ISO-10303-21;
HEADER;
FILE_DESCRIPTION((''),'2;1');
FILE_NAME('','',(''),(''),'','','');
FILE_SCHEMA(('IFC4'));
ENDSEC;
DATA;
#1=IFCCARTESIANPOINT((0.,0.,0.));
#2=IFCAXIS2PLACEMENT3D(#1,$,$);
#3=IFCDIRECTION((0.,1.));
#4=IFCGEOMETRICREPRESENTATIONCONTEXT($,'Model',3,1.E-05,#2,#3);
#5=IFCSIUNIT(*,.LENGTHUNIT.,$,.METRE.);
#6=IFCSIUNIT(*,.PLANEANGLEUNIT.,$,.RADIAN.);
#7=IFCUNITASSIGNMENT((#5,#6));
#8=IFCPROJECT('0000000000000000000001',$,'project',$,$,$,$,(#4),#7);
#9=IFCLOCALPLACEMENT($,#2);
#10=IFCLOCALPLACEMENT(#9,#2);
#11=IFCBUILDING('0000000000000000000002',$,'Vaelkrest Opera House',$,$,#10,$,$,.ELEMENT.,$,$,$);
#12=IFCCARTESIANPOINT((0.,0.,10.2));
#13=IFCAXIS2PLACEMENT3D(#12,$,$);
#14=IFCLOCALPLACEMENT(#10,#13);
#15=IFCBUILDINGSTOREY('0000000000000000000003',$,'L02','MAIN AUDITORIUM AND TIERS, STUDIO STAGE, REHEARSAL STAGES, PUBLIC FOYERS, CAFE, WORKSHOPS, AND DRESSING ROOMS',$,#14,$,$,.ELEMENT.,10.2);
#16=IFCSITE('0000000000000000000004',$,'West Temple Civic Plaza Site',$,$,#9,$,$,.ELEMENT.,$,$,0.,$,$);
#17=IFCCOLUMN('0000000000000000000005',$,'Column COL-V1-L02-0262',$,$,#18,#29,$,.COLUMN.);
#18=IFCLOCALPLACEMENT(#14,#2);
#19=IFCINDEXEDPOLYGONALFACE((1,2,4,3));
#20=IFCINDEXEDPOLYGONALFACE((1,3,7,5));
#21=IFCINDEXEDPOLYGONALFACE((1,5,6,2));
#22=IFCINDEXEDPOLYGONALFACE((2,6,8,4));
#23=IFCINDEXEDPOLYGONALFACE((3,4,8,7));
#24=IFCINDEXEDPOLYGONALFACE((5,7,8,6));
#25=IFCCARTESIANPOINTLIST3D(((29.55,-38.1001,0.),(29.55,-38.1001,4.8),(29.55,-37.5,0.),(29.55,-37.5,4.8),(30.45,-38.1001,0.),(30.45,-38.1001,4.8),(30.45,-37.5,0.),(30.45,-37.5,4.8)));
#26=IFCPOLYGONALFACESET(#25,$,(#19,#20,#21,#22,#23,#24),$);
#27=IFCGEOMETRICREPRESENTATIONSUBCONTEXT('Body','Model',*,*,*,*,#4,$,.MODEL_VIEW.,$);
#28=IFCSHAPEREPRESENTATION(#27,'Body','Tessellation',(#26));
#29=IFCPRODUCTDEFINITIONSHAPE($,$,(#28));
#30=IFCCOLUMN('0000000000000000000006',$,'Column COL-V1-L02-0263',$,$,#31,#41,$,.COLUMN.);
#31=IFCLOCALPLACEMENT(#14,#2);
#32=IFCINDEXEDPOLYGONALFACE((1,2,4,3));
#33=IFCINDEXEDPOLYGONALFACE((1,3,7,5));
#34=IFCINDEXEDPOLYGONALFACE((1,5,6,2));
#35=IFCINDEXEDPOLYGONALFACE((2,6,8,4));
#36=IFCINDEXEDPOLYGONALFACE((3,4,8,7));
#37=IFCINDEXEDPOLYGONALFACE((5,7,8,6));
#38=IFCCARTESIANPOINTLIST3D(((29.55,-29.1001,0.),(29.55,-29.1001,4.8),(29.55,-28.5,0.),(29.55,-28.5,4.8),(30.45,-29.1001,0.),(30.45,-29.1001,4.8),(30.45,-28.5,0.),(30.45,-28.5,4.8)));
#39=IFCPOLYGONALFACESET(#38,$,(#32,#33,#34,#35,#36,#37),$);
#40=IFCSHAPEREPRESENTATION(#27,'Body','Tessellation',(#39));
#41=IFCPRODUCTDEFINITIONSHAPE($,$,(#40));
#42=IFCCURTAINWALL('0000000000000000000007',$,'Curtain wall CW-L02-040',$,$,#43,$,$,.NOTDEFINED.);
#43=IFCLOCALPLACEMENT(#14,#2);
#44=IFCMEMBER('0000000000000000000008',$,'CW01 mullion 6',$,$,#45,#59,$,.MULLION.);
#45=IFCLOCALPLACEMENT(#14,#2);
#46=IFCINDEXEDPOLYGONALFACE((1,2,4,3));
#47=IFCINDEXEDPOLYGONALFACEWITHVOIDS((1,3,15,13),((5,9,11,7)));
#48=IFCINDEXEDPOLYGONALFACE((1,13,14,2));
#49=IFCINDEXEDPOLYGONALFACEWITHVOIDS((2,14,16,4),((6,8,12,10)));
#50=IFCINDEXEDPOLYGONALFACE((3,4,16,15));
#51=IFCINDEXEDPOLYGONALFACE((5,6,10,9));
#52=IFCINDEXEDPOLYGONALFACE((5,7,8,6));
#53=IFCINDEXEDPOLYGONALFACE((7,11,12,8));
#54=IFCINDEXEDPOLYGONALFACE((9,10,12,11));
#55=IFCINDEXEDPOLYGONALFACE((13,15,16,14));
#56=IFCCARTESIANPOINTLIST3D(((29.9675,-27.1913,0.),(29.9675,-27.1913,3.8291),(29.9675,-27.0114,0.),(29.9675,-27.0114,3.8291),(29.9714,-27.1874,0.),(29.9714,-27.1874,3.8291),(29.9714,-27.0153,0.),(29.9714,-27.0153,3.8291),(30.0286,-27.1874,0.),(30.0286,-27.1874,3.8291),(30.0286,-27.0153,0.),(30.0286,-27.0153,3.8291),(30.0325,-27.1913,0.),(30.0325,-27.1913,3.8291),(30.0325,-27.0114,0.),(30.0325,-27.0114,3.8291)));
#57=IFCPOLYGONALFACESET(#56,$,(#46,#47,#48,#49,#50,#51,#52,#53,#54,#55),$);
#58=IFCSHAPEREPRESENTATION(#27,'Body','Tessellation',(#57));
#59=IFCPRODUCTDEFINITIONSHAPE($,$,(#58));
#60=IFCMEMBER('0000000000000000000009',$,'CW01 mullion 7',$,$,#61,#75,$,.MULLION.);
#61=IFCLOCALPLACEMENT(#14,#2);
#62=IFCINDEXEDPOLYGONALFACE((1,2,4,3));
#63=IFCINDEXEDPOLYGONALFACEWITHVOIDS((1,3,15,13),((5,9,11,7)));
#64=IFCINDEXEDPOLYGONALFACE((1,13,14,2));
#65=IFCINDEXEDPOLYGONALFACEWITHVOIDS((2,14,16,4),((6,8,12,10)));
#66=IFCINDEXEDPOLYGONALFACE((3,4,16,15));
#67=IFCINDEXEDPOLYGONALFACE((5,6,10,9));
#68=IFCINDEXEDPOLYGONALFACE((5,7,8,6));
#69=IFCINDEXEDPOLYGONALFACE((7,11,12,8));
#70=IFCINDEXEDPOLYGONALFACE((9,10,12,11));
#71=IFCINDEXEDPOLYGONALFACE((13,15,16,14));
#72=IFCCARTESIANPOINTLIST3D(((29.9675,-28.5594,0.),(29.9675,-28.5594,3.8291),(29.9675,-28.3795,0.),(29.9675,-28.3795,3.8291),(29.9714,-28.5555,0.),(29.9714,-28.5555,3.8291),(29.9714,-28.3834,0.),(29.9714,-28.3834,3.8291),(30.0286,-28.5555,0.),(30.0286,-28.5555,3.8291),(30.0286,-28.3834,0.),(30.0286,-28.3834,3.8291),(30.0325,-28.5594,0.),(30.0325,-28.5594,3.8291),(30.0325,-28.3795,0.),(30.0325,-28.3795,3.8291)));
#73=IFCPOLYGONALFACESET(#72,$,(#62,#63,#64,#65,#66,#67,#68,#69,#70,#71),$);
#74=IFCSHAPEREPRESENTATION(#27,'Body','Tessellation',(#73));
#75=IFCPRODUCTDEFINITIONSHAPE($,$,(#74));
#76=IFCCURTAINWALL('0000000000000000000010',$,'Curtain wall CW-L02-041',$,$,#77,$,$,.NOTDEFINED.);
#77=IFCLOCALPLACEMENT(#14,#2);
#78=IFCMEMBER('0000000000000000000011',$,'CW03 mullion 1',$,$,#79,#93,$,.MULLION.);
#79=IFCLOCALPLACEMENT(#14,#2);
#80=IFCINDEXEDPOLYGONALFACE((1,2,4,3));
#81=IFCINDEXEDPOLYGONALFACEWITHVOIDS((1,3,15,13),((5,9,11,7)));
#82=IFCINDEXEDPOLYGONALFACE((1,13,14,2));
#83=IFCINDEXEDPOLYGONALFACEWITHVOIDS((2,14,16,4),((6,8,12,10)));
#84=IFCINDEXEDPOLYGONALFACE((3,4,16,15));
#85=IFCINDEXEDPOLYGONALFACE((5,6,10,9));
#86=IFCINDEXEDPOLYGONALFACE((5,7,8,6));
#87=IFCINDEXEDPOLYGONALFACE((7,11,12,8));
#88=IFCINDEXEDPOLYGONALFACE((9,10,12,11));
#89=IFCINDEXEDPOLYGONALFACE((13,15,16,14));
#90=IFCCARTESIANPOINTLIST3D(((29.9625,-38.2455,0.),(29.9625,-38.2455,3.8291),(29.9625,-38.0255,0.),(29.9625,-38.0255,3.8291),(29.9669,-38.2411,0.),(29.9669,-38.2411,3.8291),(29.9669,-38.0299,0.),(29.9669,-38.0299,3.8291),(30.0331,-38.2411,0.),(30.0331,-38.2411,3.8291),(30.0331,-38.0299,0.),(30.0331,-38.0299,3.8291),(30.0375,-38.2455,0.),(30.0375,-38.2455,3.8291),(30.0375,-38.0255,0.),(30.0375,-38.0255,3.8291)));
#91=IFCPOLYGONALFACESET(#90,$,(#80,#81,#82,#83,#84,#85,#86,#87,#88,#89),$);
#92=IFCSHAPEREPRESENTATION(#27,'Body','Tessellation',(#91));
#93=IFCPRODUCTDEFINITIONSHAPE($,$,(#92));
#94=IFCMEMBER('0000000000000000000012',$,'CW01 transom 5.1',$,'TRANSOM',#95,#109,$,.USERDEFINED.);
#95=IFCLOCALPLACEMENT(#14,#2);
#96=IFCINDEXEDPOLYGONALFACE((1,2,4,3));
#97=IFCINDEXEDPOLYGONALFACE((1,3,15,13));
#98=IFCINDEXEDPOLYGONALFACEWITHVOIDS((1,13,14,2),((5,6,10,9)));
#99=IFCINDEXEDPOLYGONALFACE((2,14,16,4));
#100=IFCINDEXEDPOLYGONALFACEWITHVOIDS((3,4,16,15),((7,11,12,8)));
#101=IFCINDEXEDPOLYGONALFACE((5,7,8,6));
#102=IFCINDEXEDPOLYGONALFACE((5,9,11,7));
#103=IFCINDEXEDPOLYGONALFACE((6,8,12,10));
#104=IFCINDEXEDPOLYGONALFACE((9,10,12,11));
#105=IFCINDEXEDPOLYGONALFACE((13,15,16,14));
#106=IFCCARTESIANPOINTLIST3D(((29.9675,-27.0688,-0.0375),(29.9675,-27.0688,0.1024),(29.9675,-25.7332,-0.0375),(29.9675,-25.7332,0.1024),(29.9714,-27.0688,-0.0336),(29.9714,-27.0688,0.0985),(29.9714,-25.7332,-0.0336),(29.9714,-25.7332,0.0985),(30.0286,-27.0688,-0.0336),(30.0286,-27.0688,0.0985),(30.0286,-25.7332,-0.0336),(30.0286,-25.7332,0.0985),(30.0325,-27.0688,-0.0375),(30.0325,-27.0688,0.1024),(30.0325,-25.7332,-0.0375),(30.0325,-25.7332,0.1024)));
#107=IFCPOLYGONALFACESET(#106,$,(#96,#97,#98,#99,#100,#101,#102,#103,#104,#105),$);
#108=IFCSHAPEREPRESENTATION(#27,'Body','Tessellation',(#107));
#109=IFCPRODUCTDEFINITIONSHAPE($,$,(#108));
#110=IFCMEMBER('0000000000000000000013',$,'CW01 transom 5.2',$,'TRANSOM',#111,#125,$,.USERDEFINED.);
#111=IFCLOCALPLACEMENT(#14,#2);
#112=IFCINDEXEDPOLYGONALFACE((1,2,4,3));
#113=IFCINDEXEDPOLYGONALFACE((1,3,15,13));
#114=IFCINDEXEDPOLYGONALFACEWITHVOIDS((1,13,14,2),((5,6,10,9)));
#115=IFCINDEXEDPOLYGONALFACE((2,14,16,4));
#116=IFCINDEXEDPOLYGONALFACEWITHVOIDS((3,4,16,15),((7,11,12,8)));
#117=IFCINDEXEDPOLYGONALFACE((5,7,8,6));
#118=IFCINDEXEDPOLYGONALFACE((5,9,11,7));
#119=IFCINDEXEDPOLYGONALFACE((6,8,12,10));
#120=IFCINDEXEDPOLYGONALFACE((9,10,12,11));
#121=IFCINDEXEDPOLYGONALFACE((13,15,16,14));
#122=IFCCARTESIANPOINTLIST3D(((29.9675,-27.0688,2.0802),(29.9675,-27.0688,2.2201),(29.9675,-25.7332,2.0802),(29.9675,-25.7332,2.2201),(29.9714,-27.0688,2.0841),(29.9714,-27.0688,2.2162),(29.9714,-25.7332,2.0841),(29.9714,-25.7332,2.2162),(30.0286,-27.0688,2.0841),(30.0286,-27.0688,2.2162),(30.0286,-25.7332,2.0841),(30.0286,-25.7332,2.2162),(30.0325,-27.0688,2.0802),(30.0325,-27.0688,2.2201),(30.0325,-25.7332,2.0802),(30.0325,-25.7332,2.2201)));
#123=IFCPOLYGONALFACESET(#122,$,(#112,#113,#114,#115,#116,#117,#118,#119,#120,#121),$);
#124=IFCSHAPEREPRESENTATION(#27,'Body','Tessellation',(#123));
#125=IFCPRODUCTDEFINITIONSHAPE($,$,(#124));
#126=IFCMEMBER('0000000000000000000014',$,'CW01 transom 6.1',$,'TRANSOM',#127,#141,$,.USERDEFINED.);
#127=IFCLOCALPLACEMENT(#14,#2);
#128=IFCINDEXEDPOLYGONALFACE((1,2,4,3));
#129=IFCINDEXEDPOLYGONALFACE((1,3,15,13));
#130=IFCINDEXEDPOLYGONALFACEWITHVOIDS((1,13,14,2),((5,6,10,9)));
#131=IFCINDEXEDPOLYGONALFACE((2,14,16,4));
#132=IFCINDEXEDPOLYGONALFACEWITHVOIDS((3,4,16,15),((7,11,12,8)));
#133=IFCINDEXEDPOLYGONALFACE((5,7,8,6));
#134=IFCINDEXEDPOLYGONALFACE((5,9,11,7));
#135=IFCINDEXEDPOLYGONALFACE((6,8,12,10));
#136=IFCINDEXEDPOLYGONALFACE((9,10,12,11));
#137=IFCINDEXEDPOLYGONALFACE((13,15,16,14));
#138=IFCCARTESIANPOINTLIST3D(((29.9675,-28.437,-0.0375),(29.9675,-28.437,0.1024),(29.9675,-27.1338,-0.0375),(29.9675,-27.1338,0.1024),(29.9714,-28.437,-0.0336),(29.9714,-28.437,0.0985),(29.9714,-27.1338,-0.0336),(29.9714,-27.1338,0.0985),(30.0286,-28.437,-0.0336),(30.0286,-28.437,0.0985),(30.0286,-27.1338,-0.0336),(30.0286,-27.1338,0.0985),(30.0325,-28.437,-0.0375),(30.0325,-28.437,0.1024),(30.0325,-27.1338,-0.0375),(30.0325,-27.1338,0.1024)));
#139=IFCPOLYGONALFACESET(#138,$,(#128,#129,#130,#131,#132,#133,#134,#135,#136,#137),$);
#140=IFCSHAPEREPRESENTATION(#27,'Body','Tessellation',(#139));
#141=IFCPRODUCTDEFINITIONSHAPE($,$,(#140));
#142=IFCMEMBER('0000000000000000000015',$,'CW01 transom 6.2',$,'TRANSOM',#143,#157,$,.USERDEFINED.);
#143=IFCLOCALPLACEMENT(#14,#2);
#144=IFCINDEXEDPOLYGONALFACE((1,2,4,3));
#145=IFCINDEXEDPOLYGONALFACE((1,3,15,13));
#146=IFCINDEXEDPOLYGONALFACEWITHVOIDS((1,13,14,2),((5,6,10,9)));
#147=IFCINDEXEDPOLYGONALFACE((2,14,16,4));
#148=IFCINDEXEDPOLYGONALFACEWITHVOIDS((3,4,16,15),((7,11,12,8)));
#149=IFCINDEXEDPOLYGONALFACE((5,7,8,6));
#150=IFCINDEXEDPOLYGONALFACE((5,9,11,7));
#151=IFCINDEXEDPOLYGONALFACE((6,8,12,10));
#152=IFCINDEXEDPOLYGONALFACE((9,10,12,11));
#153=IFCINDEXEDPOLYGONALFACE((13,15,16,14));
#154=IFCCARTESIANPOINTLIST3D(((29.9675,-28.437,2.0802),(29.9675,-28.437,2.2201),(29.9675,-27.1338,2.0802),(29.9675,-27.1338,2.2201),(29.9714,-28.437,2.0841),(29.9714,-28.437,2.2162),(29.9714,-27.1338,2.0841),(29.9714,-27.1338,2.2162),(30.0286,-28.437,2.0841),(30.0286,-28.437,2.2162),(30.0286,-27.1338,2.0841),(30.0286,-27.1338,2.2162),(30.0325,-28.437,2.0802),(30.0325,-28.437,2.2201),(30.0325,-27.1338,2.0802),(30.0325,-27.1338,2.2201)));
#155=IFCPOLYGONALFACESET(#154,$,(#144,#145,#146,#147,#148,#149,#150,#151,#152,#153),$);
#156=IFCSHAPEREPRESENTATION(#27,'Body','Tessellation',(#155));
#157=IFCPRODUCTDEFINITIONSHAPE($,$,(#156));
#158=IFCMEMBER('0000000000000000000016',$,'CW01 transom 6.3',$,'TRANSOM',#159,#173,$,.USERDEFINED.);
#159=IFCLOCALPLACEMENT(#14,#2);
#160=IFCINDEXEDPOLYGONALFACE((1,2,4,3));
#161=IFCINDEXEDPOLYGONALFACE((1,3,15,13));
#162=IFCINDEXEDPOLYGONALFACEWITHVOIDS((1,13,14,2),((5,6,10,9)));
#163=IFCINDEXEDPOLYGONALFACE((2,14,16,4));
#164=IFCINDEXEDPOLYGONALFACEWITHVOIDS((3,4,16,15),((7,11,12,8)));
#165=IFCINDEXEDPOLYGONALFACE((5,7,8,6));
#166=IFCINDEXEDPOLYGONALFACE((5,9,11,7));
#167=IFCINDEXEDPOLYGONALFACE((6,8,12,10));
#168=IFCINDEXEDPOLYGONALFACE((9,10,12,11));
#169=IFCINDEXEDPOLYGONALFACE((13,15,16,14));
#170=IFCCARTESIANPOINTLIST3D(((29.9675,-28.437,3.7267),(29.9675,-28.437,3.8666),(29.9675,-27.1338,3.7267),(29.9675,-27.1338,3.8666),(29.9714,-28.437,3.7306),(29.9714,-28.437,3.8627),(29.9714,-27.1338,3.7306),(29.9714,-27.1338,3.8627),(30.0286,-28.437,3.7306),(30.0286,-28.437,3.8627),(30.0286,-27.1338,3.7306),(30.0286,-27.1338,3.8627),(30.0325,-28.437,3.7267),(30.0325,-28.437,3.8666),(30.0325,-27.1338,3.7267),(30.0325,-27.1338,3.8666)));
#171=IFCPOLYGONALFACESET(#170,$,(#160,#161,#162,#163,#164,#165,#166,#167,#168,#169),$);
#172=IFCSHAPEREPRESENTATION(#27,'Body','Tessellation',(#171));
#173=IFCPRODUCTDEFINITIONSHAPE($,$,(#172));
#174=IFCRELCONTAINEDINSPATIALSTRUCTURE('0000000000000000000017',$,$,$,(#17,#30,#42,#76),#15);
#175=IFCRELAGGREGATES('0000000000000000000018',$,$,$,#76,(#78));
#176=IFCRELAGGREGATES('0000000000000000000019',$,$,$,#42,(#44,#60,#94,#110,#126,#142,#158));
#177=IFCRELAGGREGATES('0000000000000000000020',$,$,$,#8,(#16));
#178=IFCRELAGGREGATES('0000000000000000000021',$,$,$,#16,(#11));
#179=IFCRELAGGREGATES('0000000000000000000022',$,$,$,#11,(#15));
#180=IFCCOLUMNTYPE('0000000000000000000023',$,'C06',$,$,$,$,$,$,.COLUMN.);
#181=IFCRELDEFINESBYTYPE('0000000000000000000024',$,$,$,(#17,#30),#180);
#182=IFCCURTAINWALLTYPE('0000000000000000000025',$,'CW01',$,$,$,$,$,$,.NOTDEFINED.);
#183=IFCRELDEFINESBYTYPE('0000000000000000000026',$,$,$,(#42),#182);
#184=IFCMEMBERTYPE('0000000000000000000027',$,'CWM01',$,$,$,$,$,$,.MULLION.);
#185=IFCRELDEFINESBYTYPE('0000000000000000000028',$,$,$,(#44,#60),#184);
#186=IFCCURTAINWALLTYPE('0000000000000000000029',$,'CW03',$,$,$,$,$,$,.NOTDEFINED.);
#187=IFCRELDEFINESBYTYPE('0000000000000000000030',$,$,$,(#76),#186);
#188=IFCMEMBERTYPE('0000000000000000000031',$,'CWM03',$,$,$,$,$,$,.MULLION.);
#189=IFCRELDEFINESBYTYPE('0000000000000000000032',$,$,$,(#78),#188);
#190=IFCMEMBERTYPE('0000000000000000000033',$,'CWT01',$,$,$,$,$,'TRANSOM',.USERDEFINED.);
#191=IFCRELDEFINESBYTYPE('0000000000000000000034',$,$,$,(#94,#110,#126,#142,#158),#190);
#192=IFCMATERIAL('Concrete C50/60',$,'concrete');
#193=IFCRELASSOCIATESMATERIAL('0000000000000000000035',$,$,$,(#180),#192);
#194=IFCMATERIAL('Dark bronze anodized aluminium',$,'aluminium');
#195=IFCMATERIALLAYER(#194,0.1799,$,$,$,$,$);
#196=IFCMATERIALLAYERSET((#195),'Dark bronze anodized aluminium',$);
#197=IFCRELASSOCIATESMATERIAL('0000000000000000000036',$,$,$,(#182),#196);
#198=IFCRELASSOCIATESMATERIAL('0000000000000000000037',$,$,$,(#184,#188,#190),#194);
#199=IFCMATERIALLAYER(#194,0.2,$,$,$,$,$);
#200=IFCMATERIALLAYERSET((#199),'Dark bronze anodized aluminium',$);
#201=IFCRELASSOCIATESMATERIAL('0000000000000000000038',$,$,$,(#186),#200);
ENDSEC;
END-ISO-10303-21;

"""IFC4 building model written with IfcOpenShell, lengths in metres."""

from ifc_helpers import new_model, si_unit, direction, frame, origin, origin_2d, place, context, subcontext, project, spatial, rectangle, hollow_rectangle, extrude, material, layer, layer_set, material_profile, profile_set, type_object, element, aggregate, save


model = new_model("IFC4")

# Units and contexts
model_context = context("Model", 3, precision=1e-05, world=origin(), true_north=direction((0.0, 1.0)))
body_context = subcontext(model_context, "Body", "Model", "MODEL_VIEW")
ifc_project = project(units=[si_unit("LENGTHUNIT", "METRE"), si_unit("PLANEANGLEUNIT", "RADIAN")], contexts=[model_context])

# Site, building, storey
site_placement = place(None, origin())
site = spatial("IfcSite", under=ifc_project, at=site_placement, Name="West Temple Civic Plaza Site", CompositionType="ELEMENT", RefElevation=0.0)
building_placement = place(site_placement, origin())
building = spatial("IfcBuilding", under=site, at=building_placement, Name="Vaelkrest Opera House", CompositionType="ELEMENT")
storey_placement = place(building_placement, frame((0.0, 0.0, 10.2)))
storey = spatial("IfcBuildingStorey", under=building, at=storey_placement, Name="L02", Description="MAIN AUDITORIUM AND TIERS, STUDIO STAGE, REHEARSAL STAGES, PUBLIC FOYERS, CAFE, WORKSHOPS, AND DRESSING ROOMS", CompositionType="ELEMENT", Elevation=10.2)

# Columns
ifc_material_1 = material(Name="Concrete C50/60", Category="concrete")
ifc_material_profile_1 = material_profile(ifc_material_1, rectangle(XDim=0.6001, YDim=0.8999, at=origin_2d()), Name="RC600X900")
ifc_profile_set_1 = profile_set([ifc_material_profile_1], Name="Concrete C50/60")
column_type = type_object("IfcColumnType", Name="C06", PredefinedType="COLUMN", material=ifc_profile_set_1)
for number, where, z_axis, x_axis, name in (
    (1, (30.0, -37.8, 0.0), (0.0, 0.0, 1.0), (0.0, 1.0, 0.0), "Column COL-V1-L02-0262"),
    (2, (30.0, -28.8, 0.0), (0.0, 0.0, 1.0), (0.0, 1.0, 0.0), "Column COL-V1-L02-0263"),
):
    element("IfcColumn", number, at=place(storey_placement, frame(where, z_axis=z_axis, x_axis=x_axis)), inside=storey, type_object=column_type, Name=name, PredefinedType="COLUMN", context=body_context, shape_type="SweptSolid", body=[
        extrude(rectangle(XDim=0.6001, YDim=0.8999, at=origin_2d()), origin(), (0.0, 0.0, 1.0), 4.8),
    ])

# Curtain wall, members
ifc_material_2 = material(Name="Dark bronze anodized aluminium", Category="aluminium")
ifc_layer_1 = layer(ifc_material_2, 0.1799)
ifc_layer_set_1 = layer_set([ifc_layer_1], Name="Dark bronze anodized aluminium")
curtain_wall_type_1 = type_object("IfcCurtainWallType", Name="CW01", PredefinedType="NOTDEFINED", material=ifc_layer_set_1)
curtain_wall_1_placement = place(storey_placement, origin())
curtain_wall_1 = element("IfcCurtainWall", 3, at=curtain_wall_1_placement, inside=storey, type_object=curtain_wall_type_1, Name="Curtain wall CW-L02-040", PredefinedType="NOTDEFINED")
ifc_material_profile_2 = material_profile(ifc_material_2, hollow_rectangle(XDim=0.0649, YDim=0.1799, WallThickness=0.0039, at=origin_2d()), Name="CWM65X180")
ifc_profile_set_2 = profile_set([ifc_material_profile_2], Name="Dark bronze anodized aluminium")
member_type_1 = type_object("IfcMemberType", Name="CWM01", PredefinedType="MULLION", material=ifc_profile_set_2)
member_1_placement = place(storey_placement, frame((30.0, -27.1013, 0.0), z_axis=(0.0, 0.0, 1.0), x_axis=(1.0, 0.0, 0.0)))
member_1 = element("IfcMember", 4, at=member_1_placement, type_object=member_type_1, Name="CW01 mullion 6", PredefinedType="MULLION", context=body_context, shape_type="SweptSolid", body=[
    extrude(hollow_rectangle(XDim=0.0649, YDim=0.1799, WallThickness=0.0039, at=origin_2d()), origin(), (0.0, 0.0, 1.0), 3.8291),
])
member_2_placement = place(storey_placement, frame((30.0, -28.4695, 0.0), z_axis=(0.0, 0.0, 1.0), x_axis=(1.0, 0.0, 0.0)))
member_2 = element("IfcMember", 5, at=member_2_placement, type_object=member_type_1, Name="CW01 mullion 7", PredefinedType="MULLION", context=body_context, shape_type="SweptSolid", body=[
    extrude(hollow_rectangle(XDim=0.0649, YDim=0.1799, WallThickness=0.0039, at=origin_2d()), origin(), (0.0, 0.0, 1.0), 3.8291),
])

# Curtain wall, member
ifc_layer_2 = layer(ifc_material_2, 0.2)
ifc_layer_set_2 = layer_set([ifc_layer_2], Name="Dark bronze anodized aluminium")
curtain_wall_type_2 = type_object("IfcCurtainWallType", Name="CW03", PredefinedType="NOTDEFINED", material=ifc_layer_set_2)
curtain_wall_2_placement = place(storey_placement, origin())
curtain_wall_2 = element("IfcCurtainWall", 6, at=curtain_wall_2_placement, inside=storey, type_object=curtain_wall_type_2, Name="Curtain wall CW-L02-041", PredefinedType="NOTDEFINED")
ifc_material_profile_3 = material_profile(ifc_material_2, hollow_rectangle(XDim=0.075, YDim=0.22, WallThickness=0.0044, at=origin_2d()), Name="CWM75X220")
ifc_profile_set_3 = profile_set([ifc_material_profile_3], Name="Dark bronze anodized aluminium")
member_type_2 = type_object("IfcMemberType", Name="CWM03", PredefinedType="MULLION", material=ifc_profile_set_3)
member_3_placement = place(storey_placement, frame((30.0, -38.1355, 0.0), z_axis=(0.0, 0.0, 1.0), x_axis=(1.0, 0.0, 0.0)))
member_3 = element("IfcMember", 7, at=member_3_placement, type_object=member_type_2, Name="CW03 mullion 1", PredefinedType="MULLION", context=body_context, shape_type="SweptSolid", body=[
    extrude(hollow_rectangle(XDim=0.075, YDim=0.22, WallThickness=0.0044, at=origin_2d()), origin(), (0.0, 0.0, 1.0), 3.8291),
])
aggregate(curtain_wall_2, [member_3])

# Members
ifc_material_profile_4 = material_profile(ifc_material_2, hollow_rectangle(XDim=0.0649, YDim=0.1399, WallThickness=0.0039, at=origin_2d()), Name="CWT65X140")
ifc_profile_set_4 = profile_set([ifc_material_profile_4], Name="Dark bronze anodized aluminium")
member_type_3 = type_object("IfcMemberType", Name="CWT01", ElementType="TRANSOM", PredefinedType="USERDEFINED", material=ifc_profile_set_4)
member_4_placement = place(storey_placement, frame((30.0, -25.7332, 0.0325), z_axis=(0.0, -1.0, 0.0), x_axis=(1.0, 0.0, 0.0)))
member_4 = element("IfcMember", 8, at=member_4_placement, type_object=member_type_3, Name="CW01 transom 5.1", ObjectType="TRANSOM", PredefinedType="USERDEFINED", context=body_context, shape_type="SweptSolid", body=[
    extrude(hollow_rectangle(XDim=0.0649, YDim=0.1399, WallThickness=0.0039, at=origin_2d()), origin(), (0.0, 0.0, 1.0), 1.3357),
])
member_5_placement = place(storey_placement, frame((30.0, -25.7332, 2.1501), z_axis=(0.0, -1.0, 0.0), x_axis=(1.0, 0.0, 0.0)))
member_5 = element("IfcMember", 9, at=member_5_placement, type_object=member_type_3, Name="CW01 transom 5.2", ObjectType="TRANSOM", PredefinedType="USERDEFINED", context=body_context, shape_type="SweptSolid", body=[
    extrude(hollow_rectangle(XDim=0.0649, YDim=0.1399, WallThickness=0.0039, at=origin_2d()), origin(), (0.0, 0.0, 1.0), 1.3357),
])
member_6_placement = place(storey_placement, frame((30.0, -27.1338, 0.0325), z_axis=(0.0, -1.0, 0.0), x_axis=(1.0, 0.0, 0.0)))
member_6 = element("IfcMember", 10, at=member_6_placement, type_object=member_type_3, Name="CW01 transom 6.1", ObjectType="TRANSOM", PredefinedType="USERDEFINED", context=body_context, shape_type="SweptSolid", body=[
    extrude(hollow_rectangle(XDim=0.0649, YDim=0.1399, WallThickness=0.0039, at=origin_2d()), origin(), (0.0, 0.0, 1.0), 1.3032),
])
member_7_placement = place(storey_placement, frame((30.0, -27.1338, 2.1501), z_axis=(0.0, -1.0, 0.0), x_axis=(1.0, 0.0, 0.0)))
member_7 = element("IfcMember", 11, at=member_7_placement, type_object=member_type_3, Name="CW01 transom 6.2", ObjectType="TRANSOM", PredefinedType="USERDEFINED", context=body_context, shape_type="SweptSolid", body=[
    extrude(hollow_rectangle(XDim=0.0649, YDim=0.1399, WallThickness=0.0039, at=origin_2d()), origin(), (0.0, 0.0, 1.0), 1.3032),
])
member_8_placement = place(storey_placement, frame((30.0, -27.1338, 3.7966), z_axis=(0.0, -1.0, 0.0), x_axis=(1.0, 0.0, 0.0)))
member_8 = element("IfcMember", 12, at=member_8_placement, type_object=member_type_3, Name="CW01 transom 6.3", ObjectType="TRANSOM", PredefinedType="USERDEFINED", context=body_context, shape_type="SweptSolid", body=[
    extrude(hollow_rectangle(XDim=0.0649, YDim=0.1399, WallThickness=0.0039, at=origin_2d()), origin(), (0.0, 0.0, 1.0), 1.3032),
])

aggregate(curtain_wall_1, [member_1, member_2, member_4, member_5, member_6, member_7, member_8])

save(model, "model.ifc")
